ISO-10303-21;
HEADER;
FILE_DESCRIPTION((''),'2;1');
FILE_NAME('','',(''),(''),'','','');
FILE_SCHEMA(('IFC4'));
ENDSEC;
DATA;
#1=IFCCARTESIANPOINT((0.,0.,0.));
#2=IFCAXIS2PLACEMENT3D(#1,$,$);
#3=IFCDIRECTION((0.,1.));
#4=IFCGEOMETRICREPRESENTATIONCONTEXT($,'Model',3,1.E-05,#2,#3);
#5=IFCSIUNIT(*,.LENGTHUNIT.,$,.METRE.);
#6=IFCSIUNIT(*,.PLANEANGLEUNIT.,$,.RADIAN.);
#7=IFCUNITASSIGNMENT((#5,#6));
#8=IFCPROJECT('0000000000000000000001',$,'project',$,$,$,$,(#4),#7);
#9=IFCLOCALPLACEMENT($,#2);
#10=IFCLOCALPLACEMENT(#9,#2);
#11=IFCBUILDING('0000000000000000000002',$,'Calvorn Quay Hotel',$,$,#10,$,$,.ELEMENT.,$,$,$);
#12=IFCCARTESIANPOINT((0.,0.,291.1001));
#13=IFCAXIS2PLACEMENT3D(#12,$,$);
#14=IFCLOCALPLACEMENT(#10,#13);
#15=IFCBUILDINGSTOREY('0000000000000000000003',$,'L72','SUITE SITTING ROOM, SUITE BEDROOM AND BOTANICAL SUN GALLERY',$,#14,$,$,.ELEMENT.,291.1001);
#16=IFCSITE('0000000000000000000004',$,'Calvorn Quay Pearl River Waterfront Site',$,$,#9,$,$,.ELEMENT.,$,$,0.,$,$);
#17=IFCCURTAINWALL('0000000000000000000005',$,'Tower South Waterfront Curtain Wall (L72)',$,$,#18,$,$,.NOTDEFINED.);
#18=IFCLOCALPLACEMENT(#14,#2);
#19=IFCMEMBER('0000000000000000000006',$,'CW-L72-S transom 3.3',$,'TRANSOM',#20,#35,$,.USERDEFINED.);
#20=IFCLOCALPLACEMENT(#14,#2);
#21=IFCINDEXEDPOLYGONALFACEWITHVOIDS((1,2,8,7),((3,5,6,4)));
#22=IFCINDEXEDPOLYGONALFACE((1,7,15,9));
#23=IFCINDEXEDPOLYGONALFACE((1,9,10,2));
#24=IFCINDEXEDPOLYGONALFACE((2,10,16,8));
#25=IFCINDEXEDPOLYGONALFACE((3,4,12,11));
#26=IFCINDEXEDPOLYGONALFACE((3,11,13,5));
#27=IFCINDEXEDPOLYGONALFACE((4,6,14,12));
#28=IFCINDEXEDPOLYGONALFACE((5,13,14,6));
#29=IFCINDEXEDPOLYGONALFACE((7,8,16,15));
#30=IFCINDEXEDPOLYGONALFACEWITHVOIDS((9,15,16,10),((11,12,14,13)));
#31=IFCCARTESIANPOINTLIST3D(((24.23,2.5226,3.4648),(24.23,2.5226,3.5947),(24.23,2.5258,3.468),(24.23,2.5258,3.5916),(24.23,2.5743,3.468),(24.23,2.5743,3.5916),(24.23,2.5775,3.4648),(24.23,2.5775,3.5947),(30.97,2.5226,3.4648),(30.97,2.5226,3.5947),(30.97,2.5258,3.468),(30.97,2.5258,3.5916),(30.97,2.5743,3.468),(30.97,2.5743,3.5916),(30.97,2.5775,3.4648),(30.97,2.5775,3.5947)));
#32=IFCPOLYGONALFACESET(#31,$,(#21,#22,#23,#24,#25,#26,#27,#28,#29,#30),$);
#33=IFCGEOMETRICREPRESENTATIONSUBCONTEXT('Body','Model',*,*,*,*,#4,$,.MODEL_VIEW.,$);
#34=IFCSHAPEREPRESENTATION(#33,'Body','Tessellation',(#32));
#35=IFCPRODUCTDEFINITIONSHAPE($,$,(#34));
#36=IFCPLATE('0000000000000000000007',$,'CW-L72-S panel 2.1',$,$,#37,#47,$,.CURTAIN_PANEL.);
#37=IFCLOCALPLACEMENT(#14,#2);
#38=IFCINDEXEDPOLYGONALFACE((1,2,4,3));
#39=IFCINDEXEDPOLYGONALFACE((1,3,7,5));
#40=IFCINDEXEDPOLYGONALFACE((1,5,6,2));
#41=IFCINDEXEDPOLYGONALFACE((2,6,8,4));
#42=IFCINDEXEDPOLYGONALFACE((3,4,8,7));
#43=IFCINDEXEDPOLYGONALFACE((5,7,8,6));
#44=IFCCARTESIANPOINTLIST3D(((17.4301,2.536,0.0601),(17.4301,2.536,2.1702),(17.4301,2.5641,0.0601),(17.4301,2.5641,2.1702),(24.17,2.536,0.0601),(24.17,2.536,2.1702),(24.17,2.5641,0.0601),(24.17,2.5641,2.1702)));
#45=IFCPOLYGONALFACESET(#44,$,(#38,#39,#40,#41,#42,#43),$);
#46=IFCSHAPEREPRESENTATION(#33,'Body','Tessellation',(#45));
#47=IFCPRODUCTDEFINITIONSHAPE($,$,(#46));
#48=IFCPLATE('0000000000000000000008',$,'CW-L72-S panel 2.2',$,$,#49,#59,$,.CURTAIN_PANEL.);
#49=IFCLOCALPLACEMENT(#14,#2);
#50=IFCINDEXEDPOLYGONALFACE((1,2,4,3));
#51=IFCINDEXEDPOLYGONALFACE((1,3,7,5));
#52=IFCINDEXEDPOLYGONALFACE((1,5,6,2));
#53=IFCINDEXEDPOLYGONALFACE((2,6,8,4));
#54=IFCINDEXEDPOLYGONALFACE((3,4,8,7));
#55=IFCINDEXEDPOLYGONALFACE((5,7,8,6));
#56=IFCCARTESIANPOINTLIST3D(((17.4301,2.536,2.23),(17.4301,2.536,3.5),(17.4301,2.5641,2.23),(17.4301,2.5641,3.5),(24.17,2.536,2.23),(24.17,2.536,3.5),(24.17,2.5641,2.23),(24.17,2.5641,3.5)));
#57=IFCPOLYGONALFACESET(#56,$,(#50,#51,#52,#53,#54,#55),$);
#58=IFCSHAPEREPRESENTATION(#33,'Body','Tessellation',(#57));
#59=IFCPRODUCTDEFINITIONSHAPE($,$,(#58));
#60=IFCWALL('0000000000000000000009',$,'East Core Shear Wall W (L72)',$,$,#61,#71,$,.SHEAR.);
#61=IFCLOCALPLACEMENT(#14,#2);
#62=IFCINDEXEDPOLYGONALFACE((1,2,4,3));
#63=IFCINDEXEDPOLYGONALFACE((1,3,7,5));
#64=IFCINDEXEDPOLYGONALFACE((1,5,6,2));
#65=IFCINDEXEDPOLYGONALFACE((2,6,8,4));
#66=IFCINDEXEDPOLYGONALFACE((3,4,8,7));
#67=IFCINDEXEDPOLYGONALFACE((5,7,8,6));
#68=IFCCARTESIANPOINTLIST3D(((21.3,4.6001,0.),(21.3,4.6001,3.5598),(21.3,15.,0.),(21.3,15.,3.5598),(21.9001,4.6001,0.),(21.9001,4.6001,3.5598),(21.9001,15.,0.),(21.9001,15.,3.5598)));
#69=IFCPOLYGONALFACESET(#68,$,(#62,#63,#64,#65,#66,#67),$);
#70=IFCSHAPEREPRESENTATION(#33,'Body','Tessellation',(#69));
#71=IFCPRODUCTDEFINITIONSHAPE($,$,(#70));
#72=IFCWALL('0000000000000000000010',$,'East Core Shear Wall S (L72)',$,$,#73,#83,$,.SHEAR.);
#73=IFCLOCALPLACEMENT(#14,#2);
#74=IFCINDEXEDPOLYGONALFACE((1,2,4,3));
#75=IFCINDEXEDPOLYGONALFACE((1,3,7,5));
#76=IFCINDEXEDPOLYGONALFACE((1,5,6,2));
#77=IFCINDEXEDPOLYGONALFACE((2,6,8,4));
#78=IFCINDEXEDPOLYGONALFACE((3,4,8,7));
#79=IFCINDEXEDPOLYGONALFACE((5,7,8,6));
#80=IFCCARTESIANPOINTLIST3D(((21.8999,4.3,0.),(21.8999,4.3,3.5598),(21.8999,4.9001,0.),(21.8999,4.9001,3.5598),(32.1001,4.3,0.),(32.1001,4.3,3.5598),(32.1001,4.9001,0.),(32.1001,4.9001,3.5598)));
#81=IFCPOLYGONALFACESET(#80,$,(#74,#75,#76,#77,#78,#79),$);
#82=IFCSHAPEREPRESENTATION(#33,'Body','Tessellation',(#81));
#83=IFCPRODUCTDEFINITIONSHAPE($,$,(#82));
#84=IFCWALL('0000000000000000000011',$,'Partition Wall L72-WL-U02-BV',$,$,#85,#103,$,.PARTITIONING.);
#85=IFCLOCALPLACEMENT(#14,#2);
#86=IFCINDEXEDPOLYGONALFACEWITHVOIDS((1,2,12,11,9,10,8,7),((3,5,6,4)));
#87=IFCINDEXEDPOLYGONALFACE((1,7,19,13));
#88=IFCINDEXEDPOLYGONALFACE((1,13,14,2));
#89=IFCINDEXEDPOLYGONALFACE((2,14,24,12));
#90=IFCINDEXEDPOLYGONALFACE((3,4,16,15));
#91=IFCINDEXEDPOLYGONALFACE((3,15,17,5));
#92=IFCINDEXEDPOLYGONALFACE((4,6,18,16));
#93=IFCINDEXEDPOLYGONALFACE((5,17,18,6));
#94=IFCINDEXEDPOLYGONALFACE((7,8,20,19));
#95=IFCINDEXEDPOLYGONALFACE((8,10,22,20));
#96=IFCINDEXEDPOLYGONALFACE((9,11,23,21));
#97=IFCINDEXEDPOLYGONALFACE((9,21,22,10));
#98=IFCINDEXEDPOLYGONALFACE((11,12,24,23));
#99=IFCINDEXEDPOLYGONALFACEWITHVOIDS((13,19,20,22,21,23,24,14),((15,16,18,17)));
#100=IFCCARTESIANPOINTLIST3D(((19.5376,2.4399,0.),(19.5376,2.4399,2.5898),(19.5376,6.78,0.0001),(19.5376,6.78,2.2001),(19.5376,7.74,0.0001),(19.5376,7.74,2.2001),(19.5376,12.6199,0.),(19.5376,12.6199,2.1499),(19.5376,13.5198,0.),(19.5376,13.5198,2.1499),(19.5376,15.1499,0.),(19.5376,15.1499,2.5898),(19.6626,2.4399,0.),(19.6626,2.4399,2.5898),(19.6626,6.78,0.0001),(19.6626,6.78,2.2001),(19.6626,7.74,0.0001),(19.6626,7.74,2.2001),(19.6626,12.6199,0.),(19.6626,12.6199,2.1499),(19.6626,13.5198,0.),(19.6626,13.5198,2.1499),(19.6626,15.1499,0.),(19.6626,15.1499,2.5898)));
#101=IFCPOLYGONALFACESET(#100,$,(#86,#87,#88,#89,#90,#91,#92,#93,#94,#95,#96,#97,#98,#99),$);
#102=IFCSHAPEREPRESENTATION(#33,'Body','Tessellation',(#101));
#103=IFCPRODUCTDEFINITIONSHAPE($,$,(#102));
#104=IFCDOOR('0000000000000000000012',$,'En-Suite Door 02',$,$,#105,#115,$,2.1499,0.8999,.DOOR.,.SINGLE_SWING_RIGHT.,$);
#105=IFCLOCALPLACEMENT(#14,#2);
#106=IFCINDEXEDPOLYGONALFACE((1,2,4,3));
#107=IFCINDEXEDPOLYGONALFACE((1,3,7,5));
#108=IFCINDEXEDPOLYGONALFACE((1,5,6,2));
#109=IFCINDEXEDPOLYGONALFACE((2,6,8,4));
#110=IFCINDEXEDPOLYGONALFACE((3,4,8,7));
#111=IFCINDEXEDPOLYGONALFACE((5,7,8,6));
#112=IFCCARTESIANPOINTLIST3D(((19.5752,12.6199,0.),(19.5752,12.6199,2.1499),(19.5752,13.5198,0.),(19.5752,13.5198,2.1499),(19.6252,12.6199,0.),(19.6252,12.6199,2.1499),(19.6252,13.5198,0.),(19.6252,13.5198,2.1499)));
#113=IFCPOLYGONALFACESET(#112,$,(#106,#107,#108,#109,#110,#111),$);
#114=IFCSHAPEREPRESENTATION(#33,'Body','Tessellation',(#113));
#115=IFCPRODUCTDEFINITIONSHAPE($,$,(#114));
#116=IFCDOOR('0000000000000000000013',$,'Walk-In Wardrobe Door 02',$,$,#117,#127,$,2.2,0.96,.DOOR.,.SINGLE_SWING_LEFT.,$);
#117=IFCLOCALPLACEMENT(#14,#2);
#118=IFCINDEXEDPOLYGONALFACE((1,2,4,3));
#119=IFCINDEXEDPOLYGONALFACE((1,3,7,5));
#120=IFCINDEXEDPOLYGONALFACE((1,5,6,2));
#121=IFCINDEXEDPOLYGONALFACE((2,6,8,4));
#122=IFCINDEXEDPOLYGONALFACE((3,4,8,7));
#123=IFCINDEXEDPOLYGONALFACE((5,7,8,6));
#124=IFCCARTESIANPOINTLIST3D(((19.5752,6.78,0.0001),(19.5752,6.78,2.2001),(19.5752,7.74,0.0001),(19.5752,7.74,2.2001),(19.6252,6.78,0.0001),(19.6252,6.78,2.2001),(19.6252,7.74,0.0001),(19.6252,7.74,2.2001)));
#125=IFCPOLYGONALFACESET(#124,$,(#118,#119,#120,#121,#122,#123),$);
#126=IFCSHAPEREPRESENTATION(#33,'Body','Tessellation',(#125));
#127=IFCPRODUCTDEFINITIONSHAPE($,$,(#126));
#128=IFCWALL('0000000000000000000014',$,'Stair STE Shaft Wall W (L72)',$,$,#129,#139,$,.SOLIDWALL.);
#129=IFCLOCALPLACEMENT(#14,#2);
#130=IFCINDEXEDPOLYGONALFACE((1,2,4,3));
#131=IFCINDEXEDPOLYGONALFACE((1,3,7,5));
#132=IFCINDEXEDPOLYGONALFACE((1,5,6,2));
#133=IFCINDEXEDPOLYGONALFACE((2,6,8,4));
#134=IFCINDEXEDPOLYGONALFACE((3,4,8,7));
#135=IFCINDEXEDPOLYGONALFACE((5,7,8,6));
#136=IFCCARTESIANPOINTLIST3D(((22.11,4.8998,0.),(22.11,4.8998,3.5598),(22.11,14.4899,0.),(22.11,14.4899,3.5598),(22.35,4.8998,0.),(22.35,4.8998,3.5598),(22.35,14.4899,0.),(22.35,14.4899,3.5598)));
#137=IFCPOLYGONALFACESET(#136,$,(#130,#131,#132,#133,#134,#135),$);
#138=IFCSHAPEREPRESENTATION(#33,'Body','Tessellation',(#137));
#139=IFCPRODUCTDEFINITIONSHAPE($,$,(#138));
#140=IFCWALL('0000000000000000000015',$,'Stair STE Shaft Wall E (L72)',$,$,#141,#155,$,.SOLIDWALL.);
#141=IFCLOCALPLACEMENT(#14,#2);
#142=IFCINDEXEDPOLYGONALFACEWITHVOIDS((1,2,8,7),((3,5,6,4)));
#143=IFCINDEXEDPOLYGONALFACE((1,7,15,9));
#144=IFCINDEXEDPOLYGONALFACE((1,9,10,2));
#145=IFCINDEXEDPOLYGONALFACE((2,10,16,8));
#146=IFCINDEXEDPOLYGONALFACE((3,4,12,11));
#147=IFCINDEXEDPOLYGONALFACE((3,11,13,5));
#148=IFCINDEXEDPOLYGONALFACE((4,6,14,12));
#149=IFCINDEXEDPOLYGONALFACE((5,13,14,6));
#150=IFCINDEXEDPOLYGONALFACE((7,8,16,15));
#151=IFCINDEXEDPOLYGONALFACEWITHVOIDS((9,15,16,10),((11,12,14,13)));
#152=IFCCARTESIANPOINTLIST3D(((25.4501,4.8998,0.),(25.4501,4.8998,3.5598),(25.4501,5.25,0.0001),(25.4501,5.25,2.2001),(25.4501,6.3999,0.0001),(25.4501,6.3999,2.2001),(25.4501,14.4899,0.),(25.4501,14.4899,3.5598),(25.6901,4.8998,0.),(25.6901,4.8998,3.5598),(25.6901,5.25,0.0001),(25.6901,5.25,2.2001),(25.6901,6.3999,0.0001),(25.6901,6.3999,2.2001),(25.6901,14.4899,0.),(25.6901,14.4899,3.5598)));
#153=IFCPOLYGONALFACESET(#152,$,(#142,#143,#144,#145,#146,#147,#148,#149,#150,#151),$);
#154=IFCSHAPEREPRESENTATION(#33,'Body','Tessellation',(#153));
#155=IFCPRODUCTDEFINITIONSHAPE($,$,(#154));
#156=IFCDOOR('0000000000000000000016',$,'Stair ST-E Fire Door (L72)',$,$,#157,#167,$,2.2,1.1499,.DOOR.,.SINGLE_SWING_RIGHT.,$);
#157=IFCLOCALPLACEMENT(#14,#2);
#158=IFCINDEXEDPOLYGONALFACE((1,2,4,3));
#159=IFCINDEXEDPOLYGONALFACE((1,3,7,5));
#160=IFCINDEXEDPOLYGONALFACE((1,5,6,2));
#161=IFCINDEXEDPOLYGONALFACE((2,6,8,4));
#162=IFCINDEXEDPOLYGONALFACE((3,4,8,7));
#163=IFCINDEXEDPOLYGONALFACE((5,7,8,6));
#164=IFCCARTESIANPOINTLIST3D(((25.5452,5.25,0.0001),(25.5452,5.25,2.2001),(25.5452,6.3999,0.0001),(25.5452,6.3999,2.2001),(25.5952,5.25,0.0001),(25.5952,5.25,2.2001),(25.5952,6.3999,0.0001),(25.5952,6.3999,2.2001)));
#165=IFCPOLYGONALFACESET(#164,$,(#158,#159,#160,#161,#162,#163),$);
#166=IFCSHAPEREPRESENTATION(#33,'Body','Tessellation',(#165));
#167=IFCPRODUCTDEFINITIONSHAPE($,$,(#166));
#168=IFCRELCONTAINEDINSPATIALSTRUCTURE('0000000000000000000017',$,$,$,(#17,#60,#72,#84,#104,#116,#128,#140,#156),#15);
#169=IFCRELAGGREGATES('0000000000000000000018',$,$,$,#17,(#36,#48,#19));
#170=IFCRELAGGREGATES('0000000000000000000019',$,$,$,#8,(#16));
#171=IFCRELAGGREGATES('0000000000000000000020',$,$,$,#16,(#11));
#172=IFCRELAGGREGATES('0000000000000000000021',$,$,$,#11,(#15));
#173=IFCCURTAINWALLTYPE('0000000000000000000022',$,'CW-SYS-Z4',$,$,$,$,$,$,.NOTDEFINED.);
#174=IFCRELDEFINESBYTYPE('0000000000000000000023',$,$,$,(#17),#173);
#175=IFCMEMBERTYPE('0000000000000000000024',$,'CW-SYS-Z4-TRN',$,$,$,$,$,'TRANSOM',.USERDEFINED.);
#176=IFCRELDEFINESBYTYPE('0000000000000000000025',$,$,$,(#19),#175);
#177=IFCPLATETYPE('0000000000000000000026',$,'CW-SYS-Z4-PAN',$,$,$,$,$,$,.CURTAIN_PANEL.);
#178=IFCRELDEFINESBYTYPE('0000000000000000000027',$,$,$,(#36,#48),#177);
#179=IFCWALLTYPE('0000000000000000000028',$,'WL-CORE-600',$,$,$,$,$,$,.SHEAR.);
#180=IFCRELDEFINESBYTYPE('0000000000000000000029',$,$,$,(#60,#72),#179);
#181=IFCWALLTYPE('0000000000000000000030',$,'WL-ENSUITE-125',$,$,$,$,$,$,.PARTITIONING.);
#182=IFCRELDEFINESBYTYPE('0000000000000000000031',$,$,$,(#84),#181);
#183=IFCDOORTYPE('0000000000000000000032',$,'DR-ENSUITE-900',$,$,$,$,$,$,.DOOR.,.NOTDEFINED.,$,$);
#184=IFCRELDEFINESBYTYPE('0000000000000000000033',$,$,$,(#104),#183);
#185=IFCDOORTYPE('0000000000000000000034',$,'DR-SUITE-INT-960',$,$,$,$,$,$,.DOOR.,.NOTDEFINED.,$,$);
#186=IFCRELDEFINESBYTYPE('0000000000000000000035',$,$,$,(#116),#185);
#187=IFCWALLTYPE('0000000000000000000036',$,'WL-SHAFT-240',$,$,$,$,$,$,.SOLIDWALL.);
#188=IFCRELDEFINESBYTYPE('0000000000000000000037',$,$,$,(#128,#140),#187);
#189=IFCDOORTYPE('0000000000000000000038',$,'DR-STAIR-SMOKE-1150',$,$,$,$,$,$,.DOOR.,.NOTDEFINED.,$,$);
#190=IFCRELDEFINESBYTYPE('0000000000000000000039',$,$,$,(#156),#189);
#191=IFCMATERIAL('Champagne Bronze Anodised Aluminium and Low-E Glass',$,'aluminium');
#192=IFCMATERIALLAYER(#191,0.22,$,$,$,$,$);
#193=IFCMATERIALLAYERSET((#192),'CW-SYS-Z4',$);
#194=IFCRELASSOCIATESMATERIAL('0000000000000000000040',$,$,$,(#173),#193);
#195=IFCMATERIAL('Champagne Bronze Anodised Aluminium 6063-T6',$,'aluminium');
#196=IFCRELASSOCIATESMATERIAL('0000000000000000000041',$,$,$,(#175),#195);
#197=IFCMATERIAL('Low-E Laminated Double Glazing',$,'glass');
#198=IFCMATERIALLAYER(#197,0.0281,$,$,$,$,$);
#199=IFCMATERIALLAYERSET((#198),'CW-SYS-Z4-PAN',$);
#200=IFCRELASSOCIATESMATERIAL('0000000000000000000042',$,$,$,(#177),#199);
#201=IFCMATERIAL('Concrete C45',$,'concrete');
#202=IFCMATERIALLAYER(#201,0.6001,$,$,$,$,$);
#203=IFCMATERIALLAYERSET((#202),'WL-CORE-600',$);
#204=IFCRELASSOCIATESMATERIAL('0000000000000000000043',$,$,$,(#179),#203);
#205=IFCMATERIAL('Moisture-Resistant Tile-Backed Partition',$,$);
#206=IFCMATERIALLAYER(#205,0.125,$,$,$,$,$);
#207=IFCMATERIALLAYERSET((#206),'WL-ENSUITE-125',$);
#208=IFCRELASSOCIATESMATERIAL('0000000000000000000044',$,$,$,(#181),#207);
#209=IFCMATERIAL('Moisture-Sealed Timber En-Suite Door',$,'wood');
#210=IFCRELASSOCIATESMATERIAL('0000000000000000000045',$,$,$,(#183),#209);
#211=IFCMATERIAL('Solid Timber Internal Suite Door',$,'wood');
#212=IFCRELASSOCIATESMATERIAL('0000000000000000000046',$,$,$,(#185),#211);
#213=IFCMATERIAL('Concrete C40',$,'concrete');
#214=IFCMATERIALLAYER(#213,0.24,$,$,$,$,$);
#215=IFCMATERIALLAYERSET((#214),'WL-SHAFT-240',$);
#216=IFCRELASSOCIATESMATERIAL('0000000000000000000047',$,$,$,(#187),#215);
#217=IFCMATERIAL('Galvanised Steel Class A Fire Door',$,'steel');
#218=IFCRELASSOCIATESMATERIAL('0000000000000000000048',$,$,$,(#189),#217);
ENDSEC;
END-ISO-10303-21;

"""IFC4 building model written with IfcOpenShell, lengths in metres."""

from ifc_helpers import new_model, si_unit, direction, frame, frame_2d, origin, origin_2d, place, context, subcontext, project, spatial, rectangle, hollow_rectangle, extrude, material, layer, layer_set, material_profile, profile_set, type_object, element, fill, aggregate, save


model = new_model("IFC4")

# Units and contexts
model_context = context("Model", 3, precision=1e-05, world=origin(), true_north=direction((0.0, 1.0)))
body_context = subcontext(model_context, "Body", "Model", "MODEL_VIEW")
ifc_project = project(units=[si_unit("LENGTHUNIT", "METRE"), si_unit("PLANEANGLEUNIT", "RADIAN")], contexts=[model_context])

# Site, building, storey
site_placement = place(None, origin())
site = spatial("IfcSite", under=ifc_project, at=site_placement, Name="Calvorn Quay Pearl River Waterfront Site", CompositionType="ELEMENT", RefElevation=0.0)
building_placement = place(site_placement, origin())
building = spatial("IfcBuilding", under=site, at=building_placement, Name="Calvorn Quay Hotel", CompositionType="ELEMENT")
storey_placement = place(building_placement, frame((0.0, 0.0, 291.1001)))
storey = spatial("IfcBuildingStorey", under=building, at=storey_placement, Name="L72", Description="SUITE SITTING ROOM, SUITE BEDROOM AND BOTANICAL SUN GALLERY", CompositionType="ELEMENT", Elevation=291.1001)

# Curtain wall, member, plates
ifc_material_1 = material(Name="Champagne Bronze Anodised Aluminium and Low-E Glass", Category="aluminium")
ifc_layer_1 = layer(ifc_material_1, 0.22)
ifc_layer_set_1 = layer_set([ifc_layer_1], Name="CW-SYS-Z4")
curtain_wall_type = type_object("IfcCurtainWallType", Name="CW-SYS-Z4", PredefinedType="NOTDEFINED", material=ifc_layer_set_1)
curtain_wall_placement = place(storey_placement, origin())
curtain_wall = element("IfcCurtainWall", 1, at=curtain_wall_placement, inside=storey, type_object=curtain_wall_type, Name="Tower South Waterfront Curtain Wall (L72)", PredefinedType="NOTDEFINED")
ifc_material_2 = material(Name="Champagne Bronze Anodised Aluminium 6063-T6", Category="aluminium")
ifc_material_profile_1 = material_profile(ifc_material_2, hollow_rectangle(XDim=0.0549, YDim=0.1299, WallThickness=0.0032, at=origin_2d()), Name="ALU-T130x55x3.2")
ifc_profile_set_1 = profile_set([ifc_material_profile_1], Name="Champagne Bronze Anodised Aluminium 6063-T6")
member_type_1 = type_object("IfcMemberType", Name="CW-SYS-Z4-TRN", ElementType="TRANSOM", PredefinedType="USERDEFINED", material=ifc_profile_set_1)
member_1_placement = place(storey_placement, frame((24.23, 2.55, 3.5298), z_axis=(1.0, 0.0, 0.0), x_axis=(0.0, 1.0, 0.0)))
member_1 = element("IfcMember", 2, at=member_1_placement, type_object=member_type_1, Name="CW-L72-S transom 3.3", ObjectType="TRANSOM", PredefinedType="USERDEFINED", context=body_context, shape_type="SweptSolid", body=[
    extrude(hollow_rectangle(XDim=0.0549, YDim=0.1299, WallThickness=0.0032, at=origin_2d()), origin(), (0.0, 0.0, 1.0), 6.74),
])
ifc_material_3 = material(Name="Low-E Laminated Double Glazing", Category="glass")
ifc_layer_2 = layer(ifc_material_3, 0.0281)
ifc_layer_set_2 = layer_set([ifc_layer_2], Name="CW-SYS-Z4-PAN")
plate_type = type_object("IfcPlateType", Name="CW-SYS-Z4-PAN", PredefinedType="CURTAIN_PANEL", material=ifc_layer_set_2)
plate_1_placement = place(storey_placement, frame((20.8, 2.55, 0.0601), z_axis=(0.0, 0.0, 1.0), x_axis=(1.0, 0.0, 0.0)))
plate_1 = element("IfcPlate", 3, at=plate_1_placement, type_object=plate_type, Name="CW-L72-S panel 2.1", PredefinedType="CURTAIN_PANEL", context=body_context, shape_type="SweptSolid", body=[
    extrude(rectangle(XDim=6.74, YDim=0.0281, at=origin_2d()), origin(), (0.0, 0.0, 1.0), 2.1101),
])
plate_2_placement = place(storey_placement, frame((20.8, 2.55, 2.23), z_axis=(0.0, 0.0, 1.0), x_axis=(1.0, 0.0, 0.0)))
plate_2 = element("IfcPlate", 4, at=plate_2_placement, type_object=plate_type, Name="CW-L72-S panel 2.2", PredefinedType="CURTAIN_PANEL", context=body_context, shape_type="SweptSolid", body=[
    extrude(rectangle(XDim=6.74, YDim=0.0281, at=origin_2d()), origin(), (0.0, 0.0, 1.0), 1.27),
])
aggregate(curtain_wall, [plate_1, plate_2, member_1])

# Walls
ifc_material_4 = material(Name="Concrete C45", Category="concrete")
ifc_layer_3 = layer(ifc_material_4, 0.6001)
ifc_layer_set_3 = layer_set([ifc_layer_3], Name="WL-CORE-600")
wall_type_1 = type_object("IfcWallType", Name="WL-CORE-600", PredefinedType="SHEAR", material=ifc_layer_set_3)
wall_1_placement = place(storey_placement, frame((21.6001, 4.6001, 0.0), z_axis=(0.0, 0.0, 1.0), x_axis=(0.0, 1.0, 0.0)))
element("IfcWall", 5, at=wall_1_placement, inside=storey, type_object=wall_type_1, Name="East Core Shear Wall W (L72)", PredefinedType="SHEAR", context=body_context, shape_type="SweptSolid", body=[
    extrude(rectangle(XDim=10.3999, YDim=0.6001, at=frame_2d((5.2, 0.0))), origin(), (0.0, 0.0, 1.0), 3.5598),
])
wall_2_placement = place(storey_placement, frame((21.8999, 4.6001, 0.0), z_axis=(0.0, 0.0, 1.0), x_axis=(1.0, 0.0, 0.0)))
element("IfcWall", 6, at=wall_2_placement, inside=storey, type_object=wall_type_1, Name="East Core Shear Wall S (L72)", PredefinedType="SHEAR", context=body_context, shape_type="SweptSolid", body=[
    extrude(rectangle(XDim=10.2002, YDim=0.6001, at=frame_2d((5.1001, 0.0))), origin(), (0.0, 0.0, 1.0), 3.5598),
])

# Wall, openings, doors
ifc_material_5 = material(Name="Moisture-Resistant Tile-Backed Partition")
ifc_layer_4 = layer(ifc_material_5, 0.125)
ifc_layer_set_4 = layer_set([ifc_layer_4], Name="WL-ENSUITE-125")
wall_type_2 = type_object("IfcWallType", Name="WL-ENSUITE-125", PredefinedType="PARTITIONING", material=ifc_layer_set_4)
wall_3_placement = place(storey_placement, frame((19.6001, 2.4399, 0.0), z_axis=(0.0, 0.0, 1.0), x_axis=(0.0, 1.0, 0.0)))
wall_3 = element("IfcWall", 7, at=wall_3_placement, inside=storey, type_object=wall_type_2, Name="Partition Wall L72-WL-U02-BV", PredefinedType="PARTITIONING", context=body_context, shape_type="SweptSolid", body=[
    extrude(rectangle(XDim=12.71, YDim=0.125, at=frame_2d((6.355, 0.0))), origin(), (0.0, 0.0, 1.0), 2.5898),
])
opening_1_placement = place(wall_3_placement, frame((4.3401, 0.0, 0.0)))
opening_1 = element("IfcOpeningElement", 8, at=opening_1_placement, cuts=wall_3, PredefinedType="OPENING", context=body_context, shape_type="SweptSolid", body=[
    extrude(rectangle(XDim=0.96, YDim=2.2, at=frame_2d((0.48, 1.1001))), frame((0.0, 0.0725, 0.0), z_axis=(0.0, -1.0, 0.0), x_axis=(1.0, 0.0, 0.0)), (0.0, 0.0, 1.0), 0.145),
])
opening_2_placement = place(wall_3_placement, frame((10.1799, 0.0, 0.0)))
opening_2 = element("IfcOpeningElement", 9, at=opening_2_placement, cuts=wall_3, PredefinedType="OPENING", context=body_context, shape_type="SweptSolid", body=[
    extrude(rectangle(XDim=0.8999, YDim=2.1499, at=frame_2d((0.45, 1.075))), frame((0.0, 0.0725, 0.0), z_axis=(0.0, -1.0, 0.0), x_axis=(1.0, 0.0, 0.0)), (0.0, 0.0, 1.0), 0.145),
])
ifc_material_6 = material(Name="Moisture-Sealed Timber En-Suite Door", Category="wood")
door_type_1 = type_object("IfcDoorType", Name="DR-ENSUITE-900", OperationType="NOTDEFINED", PredefinedType="DOOR", material=ifc_material_6)
door_1_placement = place(opening_2_placement, origin())
door_1 = element("IfcDoor", 10, at=door_1_placement, inside=storey, type_object=door_type_1, Name="En-Suite Door 02", OperationType="SINGLE_SWING_RIGHT", OverallHeight=2.1499, OverallWidth=0.8999, PredefinedType="DOOR", context=body_context, shape_type="SweptSolid", body=[
    extrude(rectangle(XDim=0.8999, YDim=2.1499, at=frame_2d((0.45, 1.075))), frame((0.0, 0.0249, 0.0), z_axis=(0.0, -1.0, 0.0), x_axis=(1.0, 0.0, 0.0)), (0.0, 0.0, 1.0), 0.05),
])
fill(opening_2, door_1)
ifc_material_7 = material(Name="Solid Timber Internal Suite Door", Category="wood")
door_type_2 = type_object("IfcDoorType", Name="DR-SUITE-INT-960", OperationType="NOTDEFINED", PredefinedType="DOOR", material=ifc_material_7)
door_2_placement = place(opening_1_placement, origin())
door_2 = element("IfcDoor", 11, at=door_2_placement, inside=storey, type_object=door_type_2, Name="Walk-In Wardrobe Door 02", OperationType="SINGLE_SWING_LEFT", OverallHeight=2.2, OverallWidth=0.96, PredefinedType="DOOR", context=body_context, shape_type="SweptSolid", body=[
    extrude(rectangle(XDim=0.96, YDim=2.2, at=frame_2d((0.48, 1.1001))), frame((0.0, 0.0249, 0.0), z_axis=(0.0, -1.0, 0.0), x_axis=(1.0, 0.0, 0.0)), (0.0, 0.0, 1.0), 0.05),
])
fill(opening_1, door_2)

# Wall
ifc_material_8 = material(Name="Concrete C40", Category="concrete")
ifc_layer_5 = layer(ifc_material_8, 0.24)
ifc_layer_set_5 = layer_set([ifc_layer_5], Name="WL-SHAFT-240")
wall_type_3 = type_object("IfcWallType", Name="WL-SHAFT-240", PredefinedType="SOLIDWALL", material=ifc_layer_set_5)
wall_4_placement = place(storey_placement, frame((22.23, 4.8999, 0.0), z_axis=(0.0, 0.0, 1.0), x_axis=(0.0, 1.0, 0.0)))
element("IfcWall", 12, at=wall_4_placement, inside=storey, type_object=wall_type_3, Name="Stair STE Shaft Wall W (L72)", PredefinedType="SOLIDWALL", context=body_context, shape_type="SweptSolid", body=[
    extrude(rectangle(XDim=9.5901, YDim=0.24, at=frame_2d((4.7949, 0.0))), origin(), (0.0, 0.0, 1.0), 3.5598),
])

# Wall, opening, door
wall_5_placement = place(storey_placement, frame((25.5701, 4.8999, 0.0), z_axis=(0.0, 0.0, 1.0), x_axis=(0.0, 1.0, 0.0)))
wall_5 = element("IfcWall", 13, at=wall_5_placement, inside=storey, type_object=wall_type_3, Name="Stair STE Shaft Wall E (L72)", PredefinedType="SOLIDWALL", context=body_context, shape_type="SweptSolid", body=[
    extrude(rectangle(XDim=9.5901, YDim=0.24, at=frame_2d((4.7949, 0.0))), origin(), (0.0, 0.0, 1.0), 3.5598),
])
opening_3_placement = place(wall_5_placement, frame((0.3501, 0.0, 0.0)))
opening_3 = element("IfcOpeningElement", 14, at=opening_3_placement, cuts=wall_5, PredefinedType="OPENING", context=body_context, shape_type="SweptSolid", body=[
    extrude(rectangle(XDim=1.1499, YDim=2.2, at=frame_2d((0.575, 1.1001))), frame((0.0, 0.1299, 0.0), z_axis=(0.0, -1.0, 0.0), x_axis=(1.0, 0.0, 0.0)), (0.0, 0.0, 1.0), 0.26),
])
ifc_material_9 = material(Name="Galvanised Steel Class A Fire Door", Category="steel")
door_type_3 = type_object("IfcDoorType", Name="DR-STAIR-SMOKE-1150", OperationType="NOTDEFINED", PredefinedType="DOOR", material=ifc_material_9)
door_3_placement = place(opening_3_placement, origin())
door_3 = element("IfcDoor", 15, at=door_3_placement, inside=storey, type_object=door_type_3, Name="Stair ST-E Fire Door (L72)", OperationType="SINGLE_SWING_RIGHT", OverallHeight=2.2, OverallWidth=1.1499, PredefinedType="DOOR", context=body_context, shape_type="SweptSolid", body=[
    extrude(rectangle(XDim=1.1499, YDim=2.2, at=frame_2d((0.575, 1.1001))), frame((0.0, 0.0249, 0.0), z_axis=(0.0, -1.0, 0.0), x_axis=(1.0, 0.0, 0.0)), (0.0, 0.0, 1.0), 0.05),
])
fill(opening_3, door_3)

save(model, "model.ifc")
